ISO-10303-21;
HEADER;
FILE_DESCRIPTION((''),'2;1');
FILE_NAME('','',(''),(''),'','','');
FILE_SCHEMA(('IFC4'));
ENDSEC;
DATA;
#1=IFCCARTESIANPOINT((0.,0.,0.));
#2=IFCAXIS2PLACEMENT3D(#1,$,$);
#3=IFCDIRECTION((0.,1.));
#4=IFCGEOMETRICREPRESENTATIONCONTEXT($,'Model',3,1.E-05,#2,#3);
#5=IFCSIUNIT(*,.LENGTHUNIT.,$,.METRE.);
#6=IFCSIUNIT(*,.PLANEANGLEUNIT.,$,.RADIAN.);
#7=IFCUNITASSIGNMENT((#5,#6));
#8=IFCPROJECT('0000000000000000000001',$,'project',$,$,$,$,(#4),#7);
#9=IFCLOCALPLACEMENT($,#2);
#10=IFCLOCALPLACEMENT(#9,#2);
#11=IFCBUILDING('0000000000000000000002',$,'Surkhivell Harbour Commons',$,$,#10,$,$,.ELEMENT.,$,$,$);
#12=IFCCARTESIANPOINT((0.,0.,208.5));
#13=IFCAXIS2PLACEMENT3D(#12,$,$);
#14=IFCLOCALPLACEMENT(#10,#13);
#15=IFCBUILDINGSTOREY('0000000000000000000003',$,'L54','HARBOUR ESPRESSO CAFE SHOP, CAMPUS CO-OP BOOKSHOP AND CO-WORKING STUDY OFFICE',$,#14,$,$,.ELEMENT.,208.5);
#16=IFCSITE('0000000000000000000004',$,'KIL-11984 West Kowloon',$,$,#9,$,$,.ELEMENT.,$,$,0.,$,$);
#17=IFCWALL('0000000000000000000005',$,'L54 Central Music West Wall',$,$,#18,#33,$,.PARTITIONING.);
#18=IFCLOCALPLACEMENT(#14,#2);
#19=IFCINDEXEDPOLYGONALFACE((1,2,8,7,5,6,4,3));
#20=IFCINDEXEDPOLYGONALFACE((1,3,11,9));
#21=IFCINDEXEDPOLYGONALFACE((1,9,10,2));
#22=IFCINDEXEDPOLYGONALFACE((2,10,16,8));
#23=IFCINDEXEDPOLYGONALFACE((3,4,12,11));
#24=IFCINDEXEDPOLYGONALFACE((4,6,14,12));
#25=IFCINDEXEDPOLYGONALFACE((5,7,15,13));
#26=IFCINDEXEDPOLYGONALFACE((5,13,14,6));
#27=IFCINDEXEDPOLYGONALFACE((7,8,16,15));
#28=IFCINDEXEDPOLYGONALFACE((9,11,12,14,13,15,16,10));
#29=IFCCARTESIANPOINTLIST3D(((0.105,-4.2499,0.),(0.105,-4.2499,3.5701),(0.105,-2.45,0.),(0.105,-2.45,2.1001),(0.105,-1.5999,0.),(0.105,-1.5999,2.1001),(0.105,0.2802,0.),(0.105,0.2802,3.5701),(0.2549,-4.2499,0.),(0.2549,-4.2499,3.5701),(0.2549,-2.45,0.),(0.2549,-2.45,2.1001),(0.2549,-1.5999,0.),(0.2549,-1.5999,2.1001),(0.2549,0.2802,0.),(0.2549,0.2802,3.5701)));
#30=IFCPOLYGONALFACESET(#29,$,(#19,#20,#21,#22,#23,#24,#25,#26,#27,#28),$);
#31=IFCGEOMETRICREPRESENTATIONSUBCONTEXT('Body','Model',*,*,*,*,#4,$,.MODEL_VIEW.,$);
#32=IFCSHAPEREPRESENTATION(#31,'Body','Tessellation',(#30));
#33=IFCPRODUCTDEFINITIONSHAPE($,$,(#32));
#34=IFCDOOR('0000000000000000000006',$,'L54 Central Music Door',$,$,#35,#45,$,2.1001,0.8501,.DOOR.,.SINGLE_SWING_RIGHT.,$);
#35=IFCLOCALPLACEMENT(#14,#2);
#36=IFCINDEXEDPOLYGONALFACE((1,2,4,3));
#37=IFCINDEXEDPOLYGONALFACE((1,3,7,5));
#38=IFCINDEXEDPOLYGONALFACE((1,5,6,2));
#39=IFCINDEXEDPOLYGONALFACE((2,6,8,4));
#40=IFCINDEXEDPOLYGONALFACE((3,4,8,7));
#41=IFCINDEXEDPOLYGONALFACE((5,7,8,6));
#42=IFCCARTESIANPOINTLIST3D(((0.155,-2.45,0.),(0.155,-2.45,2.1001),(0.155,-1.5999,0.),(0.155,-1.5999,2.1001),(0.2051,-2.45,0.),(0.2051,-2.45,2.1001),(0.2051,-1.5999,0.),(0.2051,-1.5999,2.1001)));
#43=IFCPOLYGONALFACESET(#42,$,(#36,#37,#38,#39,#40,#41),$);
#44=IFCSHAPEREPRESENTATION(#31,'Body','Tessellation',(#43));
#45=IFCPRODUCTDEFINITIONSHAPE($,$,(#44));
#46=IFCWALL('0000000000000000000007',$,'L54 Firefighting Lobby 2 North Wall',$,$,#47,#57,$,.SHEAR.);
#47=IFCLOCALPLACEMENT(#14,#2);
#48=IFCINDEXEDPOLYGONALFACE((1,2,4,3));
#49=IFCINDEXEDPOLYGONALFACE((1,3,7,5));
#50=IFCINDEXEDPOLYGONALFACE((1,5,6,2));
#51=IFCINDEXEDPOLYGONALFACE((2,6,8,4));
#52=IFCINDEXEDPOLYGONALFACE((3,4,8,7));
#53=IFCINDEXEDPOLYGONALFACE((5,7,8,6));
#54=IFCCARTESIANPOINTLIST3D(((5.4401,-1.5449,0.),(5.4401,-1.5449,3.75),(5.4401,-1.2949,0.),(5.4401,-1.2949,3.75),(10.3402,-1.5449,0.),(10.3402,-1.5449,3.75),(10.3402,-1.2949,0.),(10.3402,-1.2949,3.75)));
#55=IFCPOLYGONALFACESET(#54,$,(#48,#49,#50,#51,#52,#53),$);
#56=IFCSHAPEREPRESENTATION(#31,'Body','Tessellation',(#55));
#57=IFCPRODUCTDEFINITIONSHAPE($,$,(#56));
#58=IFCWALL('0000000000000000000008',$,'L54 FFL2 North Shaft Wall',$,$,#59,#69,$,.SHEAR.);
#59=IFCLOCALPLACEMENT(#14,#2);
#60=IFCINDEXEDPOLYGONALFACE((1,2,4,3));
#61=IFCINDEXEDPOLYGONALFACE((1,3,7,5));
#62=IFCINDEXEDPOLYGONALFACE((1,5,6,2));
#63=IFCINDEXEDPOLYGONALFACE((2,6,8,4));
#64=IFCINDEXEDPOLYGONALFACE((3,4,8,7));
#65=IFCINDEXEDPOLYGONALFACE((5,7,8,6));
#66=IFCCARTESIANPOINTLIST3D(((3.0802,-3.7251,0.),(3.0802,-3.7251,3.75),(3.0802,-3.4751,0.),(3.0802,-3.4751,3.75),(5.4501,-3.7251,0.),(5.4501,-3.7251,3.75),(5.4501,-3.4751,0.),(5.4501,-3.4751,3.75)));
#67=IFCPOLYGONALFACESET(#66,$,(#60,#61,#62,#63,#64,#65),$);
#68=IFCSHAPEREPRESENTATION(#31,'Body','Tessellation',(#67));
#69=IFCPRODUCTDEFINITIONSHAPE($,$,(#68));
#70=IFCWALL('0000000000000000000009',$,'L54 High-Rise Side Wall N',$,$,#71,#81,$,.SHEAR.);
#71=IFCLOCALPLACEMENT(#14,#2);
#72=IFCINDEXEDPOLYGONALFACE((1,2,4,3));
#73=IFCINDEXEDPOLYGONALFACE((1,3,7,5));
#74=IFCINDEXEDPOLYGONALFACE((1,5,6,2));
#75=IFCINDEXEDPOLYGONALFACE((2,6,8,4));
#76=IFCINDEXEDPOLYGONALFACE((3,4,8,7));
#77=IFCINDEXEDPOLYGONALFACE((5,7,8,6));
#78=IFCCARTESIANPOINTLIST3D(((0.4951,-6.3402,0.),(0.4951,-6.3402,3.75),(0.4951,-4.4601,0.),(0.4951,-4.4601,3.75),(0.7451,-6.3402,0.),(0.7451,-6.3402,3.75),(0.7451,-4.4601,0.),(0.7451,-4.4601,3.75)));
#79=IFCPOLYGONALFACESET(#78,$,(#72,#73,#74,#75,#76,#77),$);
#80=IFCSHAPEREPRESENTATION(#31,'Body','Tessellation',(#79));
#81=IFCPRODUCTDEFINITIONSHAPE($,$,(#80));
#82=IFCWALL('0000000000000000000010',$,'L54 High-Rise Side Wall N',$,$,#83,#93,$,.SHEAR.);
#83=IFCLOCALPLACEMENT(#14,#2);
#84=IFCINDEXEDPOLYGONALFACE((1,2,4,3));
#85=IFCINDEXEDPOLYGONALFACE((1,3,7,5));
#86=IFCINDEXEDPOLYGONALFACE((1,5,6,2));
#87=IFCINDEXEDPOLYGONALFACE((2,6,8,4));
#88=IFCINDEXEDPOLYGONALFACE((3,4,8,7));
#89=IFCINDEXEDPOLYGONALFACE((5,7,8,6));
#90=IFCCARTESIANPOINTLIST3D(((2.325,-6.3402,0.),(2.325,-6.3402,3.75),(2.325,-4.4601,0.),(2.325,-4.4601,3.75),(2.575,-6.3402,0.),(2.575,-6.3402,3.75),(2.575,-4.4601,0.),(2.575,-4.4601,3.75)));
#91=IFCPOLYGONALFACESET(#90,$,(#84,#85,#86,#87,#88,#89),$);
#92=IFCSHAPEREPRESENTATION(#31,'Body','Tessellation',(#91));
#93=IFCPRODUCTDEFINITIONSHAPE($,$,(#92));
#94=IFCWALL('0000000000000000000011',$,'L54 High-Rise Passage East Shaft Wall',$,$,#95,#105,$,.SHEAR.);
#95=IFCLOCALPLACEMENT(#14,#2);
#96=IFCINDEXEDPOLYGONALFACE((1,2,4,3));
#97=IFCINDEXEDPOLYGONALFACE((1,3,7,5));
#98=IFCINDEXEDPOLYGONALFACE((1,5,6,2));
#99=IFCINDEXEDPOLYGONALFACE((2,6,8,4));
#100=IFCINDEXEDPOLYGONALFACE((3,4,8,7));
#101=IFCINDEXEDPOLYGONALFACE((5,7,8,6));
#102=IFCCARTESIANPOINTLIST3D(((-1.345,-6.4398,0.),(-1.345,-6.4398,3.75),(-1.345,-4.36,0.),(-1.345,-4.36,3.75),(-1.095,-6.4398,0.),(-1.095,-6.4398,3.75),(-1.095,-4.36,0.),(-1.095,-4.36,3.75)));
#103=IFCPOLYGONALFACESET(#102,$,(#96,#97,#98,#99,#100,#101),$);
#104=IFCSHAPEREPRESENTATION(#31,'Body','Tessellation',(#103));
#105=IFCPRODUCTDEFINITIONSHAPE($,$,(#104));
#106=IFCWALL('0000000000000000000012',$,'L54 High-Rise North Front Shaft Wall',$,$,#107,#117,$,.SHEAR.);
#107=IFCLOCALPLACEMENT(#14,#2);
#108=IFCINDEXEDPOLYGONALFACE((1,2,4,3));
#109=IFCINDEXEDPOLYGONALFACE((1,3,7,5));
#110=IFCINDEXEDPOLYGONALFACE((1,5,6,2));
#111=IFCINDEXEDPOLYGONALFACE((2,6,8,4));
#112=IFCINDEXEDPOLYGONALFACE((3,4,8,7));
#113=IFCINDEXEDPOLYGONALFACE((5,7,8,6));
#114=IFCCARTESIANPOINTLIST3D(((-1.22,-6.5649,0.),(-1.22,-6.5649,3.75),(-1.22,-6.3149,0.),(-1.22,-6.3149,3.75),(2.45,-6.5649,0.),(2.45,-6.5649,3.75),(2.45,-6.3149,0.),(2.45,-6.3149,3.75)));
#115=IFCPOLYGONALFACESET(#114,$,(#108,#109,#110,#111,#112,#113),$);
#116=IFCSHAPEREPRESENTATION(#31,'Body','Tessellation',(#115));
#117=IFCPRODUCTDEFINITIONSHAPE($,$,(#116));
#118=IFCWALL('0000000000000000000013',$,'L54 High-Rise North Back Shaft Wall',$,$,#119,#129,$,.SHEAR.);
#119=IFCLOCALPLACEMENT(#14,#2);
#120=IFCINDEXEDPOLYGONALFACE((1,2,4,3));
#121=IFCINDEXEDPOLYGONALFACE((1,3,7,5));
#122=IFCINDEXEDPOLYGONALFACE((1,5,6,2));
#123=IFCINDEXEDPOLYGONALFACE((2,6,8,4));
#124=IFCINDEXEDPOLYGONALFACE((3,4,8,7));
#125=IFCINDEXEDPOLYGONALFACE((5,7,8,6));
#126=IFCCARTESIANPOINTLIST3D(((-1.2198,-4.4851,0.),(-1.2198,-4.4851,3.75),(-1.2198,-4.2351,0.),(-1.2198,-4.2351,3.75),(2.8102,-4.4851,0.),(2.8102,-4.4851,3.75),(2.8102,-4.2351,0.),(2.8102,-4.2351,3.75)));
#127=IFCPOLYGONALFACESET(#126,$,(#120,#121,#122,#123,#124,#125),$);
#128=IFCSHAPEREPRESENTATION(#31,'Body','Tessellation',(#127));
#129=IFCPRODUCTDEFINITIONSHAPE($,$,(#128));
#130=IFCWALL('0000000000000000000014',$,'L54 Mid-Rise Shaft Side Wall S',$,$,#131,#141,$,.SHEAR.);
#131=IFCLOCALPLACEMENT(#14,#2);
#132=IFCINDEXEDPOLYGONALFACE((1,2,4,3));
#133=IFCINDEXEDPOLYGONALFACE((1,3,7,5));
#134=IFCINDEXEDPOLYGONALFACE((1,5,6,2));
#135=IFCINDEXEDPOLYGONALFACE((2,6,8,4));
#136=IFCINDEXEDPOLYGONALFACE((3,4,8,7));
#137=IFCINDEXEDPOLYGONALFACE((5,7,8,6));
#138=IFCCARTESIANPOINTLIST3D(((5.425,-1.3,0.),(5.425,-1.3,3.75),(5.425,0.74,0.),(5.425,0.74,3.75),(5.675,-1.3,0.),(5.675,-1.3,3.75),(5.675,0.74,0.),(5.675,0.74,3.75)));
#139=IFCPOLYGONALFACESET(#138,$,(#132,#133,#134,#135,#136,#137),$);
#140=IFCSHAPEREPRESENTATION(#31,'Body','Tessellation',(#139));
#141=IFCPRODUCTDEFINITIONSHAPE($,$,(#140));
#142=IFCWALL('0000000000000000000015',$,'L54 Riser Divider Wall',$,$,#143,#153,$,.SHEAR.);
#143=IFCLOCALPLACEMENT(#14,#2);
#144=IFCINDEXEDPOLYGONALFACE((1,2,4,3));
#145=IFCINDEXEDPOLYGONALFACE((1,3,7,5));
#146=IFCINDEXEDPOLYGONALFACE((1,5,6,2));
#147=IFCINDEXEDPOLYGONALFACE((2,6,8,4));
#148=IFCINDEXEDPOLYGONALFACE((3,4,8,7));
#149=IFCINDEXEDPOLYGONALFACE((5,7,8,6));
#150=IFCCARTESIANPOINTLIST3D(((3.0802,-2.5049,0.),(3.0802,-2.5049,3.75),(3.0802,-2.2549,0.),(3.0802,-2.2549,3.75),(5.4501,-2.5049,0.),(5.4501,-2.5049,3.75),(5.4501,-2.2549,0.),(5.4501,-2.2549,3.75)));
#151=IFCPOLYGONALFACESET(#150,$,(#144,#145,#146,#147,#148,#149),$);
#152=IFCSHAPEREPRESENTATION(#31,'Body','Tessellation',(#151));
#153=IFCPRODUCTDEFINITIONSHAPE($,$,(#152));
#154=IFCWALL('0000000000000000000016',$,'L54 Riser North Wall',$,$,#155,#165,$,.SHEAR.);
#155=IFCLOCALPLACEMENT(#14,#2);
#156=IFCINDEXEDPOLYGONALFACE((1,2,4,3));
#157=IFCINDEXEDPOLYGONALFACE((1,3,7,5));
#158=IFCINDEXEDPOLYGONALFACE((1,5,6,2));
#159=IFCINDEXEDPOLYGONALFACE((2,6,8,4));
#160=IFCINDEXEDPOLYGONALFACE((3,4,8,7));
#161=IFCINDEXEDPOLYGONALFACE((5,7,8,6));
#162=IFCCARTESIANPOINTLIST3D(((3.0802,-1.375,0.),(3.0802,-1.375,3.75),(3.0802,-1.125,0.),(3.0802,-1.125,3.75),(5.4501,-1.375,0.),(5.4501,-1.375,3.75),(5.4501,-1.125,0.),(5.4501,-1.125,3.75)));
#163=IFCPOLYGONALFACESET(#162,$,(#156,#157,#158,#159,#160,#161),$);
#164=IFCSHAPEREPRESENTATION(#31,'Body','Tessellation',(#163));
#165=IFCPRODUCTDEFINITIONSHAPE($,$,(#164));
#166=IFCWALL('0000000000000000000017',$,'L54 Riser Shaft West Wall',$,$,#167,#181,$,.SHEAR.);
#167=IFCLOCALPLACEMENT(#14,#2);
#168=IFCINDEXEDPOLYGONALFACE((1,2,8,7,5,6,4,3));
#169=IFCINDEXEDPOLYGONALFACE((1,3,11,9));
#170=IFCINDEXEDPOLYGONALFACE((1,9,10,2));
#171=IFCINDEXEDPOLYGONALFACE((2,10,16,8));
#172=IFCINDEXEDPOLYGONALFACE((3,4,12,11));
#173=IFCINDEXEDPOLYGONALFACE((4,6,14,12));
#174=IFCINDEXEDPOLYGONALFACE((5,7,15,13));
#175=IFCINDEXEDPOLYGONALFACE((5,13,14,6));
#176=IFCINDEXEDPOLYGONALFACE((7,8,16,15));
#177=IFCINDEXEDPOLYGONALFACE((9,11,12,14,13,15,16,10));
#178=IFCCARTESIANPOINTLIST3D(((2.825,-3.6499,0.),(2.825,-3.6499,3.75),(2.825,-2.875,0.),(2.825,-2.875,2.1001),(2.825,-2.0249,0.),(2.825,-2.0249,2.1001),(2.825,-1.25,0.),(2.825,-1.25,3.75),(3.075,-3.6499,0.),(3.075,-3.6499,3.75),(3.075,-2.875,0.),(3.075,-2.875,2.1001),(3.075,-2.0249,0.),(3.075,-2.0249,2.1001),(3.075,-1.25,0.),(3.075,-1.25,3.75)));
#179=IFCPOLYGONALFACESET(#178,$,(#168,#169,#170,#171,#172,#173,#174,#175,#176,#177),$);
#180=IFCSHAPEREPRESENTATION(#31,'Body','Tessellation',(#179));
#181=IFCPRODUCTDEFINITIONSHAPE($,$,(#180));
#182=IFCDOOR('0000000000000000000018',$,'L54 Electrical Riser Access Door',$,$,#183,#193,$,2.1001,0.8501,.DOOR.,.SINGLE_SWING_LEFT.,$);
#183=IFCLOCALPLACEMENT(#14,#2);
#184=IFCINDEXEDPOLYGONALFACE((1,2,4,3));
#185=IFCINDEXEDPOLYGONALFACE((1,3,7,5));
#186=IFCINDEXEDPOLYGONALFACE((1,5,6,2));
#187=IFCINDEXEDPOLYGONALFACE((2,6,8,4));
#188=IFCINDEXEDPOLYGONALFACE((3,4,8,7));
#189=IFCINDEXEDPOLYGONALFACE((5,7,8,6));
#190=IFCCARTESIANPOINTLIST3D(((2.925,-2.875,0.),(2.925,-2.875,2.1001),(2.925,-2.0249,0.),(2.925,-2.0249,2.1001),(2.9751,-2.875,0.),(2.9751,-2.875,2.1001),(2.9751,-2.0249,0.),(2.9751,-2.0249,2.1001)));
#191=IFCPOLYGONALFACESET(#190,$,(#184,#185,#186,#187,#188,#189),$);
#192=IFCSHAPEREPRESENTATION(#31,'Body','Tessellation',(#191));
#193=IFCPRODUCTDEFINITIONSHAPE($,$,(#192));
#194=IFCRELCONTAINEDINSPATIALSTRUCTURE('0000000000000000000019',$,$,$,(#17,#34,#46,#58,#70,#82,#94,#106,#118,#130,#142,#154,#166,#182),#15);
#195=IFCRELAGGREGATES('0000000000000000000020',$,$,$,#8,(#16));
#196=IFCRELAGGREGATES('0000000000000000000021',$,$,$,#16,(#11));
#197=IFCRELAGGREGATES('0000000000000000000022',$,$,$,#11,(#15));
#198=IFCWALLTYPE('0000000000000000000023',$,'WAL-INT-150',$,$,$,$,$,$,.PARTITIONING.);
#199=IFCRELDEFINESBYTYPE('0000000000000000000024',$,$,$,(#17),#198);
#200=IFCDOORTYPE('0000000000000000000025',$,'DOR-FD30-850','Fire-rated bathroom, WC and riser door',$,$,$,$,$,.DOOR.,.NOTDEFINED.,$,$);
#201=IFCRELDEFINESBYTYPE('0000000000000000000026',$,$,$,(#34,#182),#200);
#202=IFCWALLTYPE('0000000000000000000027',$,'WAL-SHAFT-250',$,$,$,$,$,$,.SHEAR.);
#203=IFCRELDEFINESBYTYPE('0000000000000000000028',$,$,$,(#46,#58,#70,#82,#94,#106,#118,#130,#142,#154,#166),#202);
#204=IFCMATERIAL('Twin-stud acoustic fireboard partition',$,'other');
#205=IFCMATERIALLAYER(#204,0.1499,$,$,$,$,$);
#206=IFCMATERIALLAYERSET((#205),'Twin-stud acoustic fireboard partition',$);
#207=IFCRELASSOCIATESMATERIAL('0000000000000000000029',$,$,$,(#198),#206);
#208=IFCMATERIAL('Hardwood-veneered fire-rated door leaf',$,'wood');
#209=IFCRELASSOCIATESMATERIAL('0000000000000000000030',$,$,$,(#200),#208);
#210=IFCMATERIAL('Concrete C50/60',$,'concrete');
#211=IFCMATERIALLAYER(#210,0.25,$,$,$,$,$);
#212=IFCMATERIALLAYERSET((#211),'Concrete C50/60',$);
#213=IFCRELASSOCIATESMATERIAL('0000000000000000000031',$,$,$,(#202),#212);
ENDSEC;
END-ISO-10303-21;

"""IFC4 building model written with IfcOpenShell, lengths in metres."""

from ifc_helpers import new_model, si_unit, direction, frame, frame_2d, origin, place, context, subcontext, project, spatial, rectangle, extrude, material, layer, layer_set, type_object, element, fill, save


model = new_model("IFC4")

# Units and contexts
model_context = context("Model", 3, precision=1e-05, world=origin(), true_north=direction((0.0, 1.0)))
body_context = subcontext(model_context, "Body", "Model", "MODEL_VIEW")
ifc_project = project(units=[si_unit("LENGTHUNIT", "METRE"), si_unit("PLANEANGLEUNIT", "RADIAN")], contexts=[model_context])

# Site, building, storey
site_placement = place(None, origin())
site = spatial("IfcSite", under=ifc_project, at=site_placement, Name="KIL-11984 West Kowloon", CompositionType="ELEMENT", RefElevation=0.0)
building_placement = place(site_placement, origin())
building = spatial("IfcBuilding", under=site, at=building_placement, Name="Surkhivell Harbour Commons", CompositionType="ELEMENT")
storey_placement = place(building_placement, frame((0.0, 0.0, 208.5)))
storey = spatial("IfcBuildingStorey", under=building, at=storey_placement, Name="L54", Description="HARBOUR ESPRESSO CAFE SHOP, CAMPUS CO-OP BOOKSHOP AND CO-WORKING STUDY OFFICE", CompositionType="ELEMENT", Elevation=208.5)

# Shared definitions
ifc_material_1 = material(Name="Twin-stud acoustic fireboard partition", Category="other")
ifc_layer_1 = layer(ifc_material_1, 0.1499)
ifc_layer_set_1 = layer_set([ifc_layer_1], Name="Twin-stud acoustic fireboard partition")
wall_type_1 = type_object("IfcWallType", Name="WAL-INT-150", PredefinedType="PARTITIONING", material=ifc_layer_set_1)

# Wall, opening, door
wall_1_placement = place(storey_placement, frame((0.1799, -4.25, 0.0), z_axis=(0.0, 0.0, 1.0), x_axis=(0.0, 1.0, 0.0)))
wall_1 = element("IfcWall", 1, at=wall_1_placement, inside=storey, type_object=wall_type_1, Name="L54 Central Music West Wall", PredefinedType="PARTITIONING", context=body_context, shape_type="SweptSolid", body=[
    extrude(rectangle(XDim=4.53, YDim=0.1499, at=frame_2d((2.2651, 0.0))), origin(), (0.0, 0.0, 1.0), 3.5701),
])
opening_1_placement = place(wall_1_placement, frame((1.8, 0.0, 0.0)))
opening_1 = element("IfcOpeningElement", 2, at=opening_1_placement, cuts=wall_1, PredefinedType="OPENING", context=body_context, shape_type="SweptSolid", body=[
    extrude(rectangle(XDim=0.8501, YDim=2.1001, at=frame_2d((0.425, 1.05))), frame((0.0, 0.085, 0.0), z_axis=(0.0, -1.0, 0.0), x_axis=(1.0, 0.0, 0.0)), (0.0, 0.0, 1.0), 0.1699),
])
ifc_material_2 = material(Name="Hardwood-veneered fire-rated door leaf", Category="wood")
door_type = type_object("IfcDoorType", Name="DOR-FD30-850", Description="Fire-rated bathroom, WC and riser door", OperationType="NOTDEFINED", PredefinedType="DOOR", material=ifc_material_2)
door_1_placement = place(opening_1_placement, origin())
door_1 = element("IfcDoor", 3, at=door_1_placement, inside=storey, type_object=door_type, Name="L54 Central Music Door", OperationType="SINGLE_SWING_RIGHT", OverallHeight=2.1001, OverallWidth=0.8501, PredefinedType="DOOR", context=body_context, shape_type="SweptSolid", body=[
    extrude(rectangle(XDim=0.8501, YDim=2.1001, at=frame_2d((0.425, 1.05))), frame((0.0, 0.0249, 0.0), z_axis=(0.0, -1.0, 0.0), x_axis=(1.0, 0.0, 0.0)), (0.0, 0.0, 1.0), 0.05),
])
fill(opening_1, door_1)

# Walls
ifc_material_3 = material(Name="Concrete C50/60", Category="concrete")
ifc_layer_2 = layer(ifc_material_3, 0.25)
ifc_layer_set_2 = layer_set([ifc_layer_2], Name="Concrete C50/60")
wall_type_2 = type_object("IfcWallType", Name="WAL-SHAFT-250", PredefinedType="SHEAR", material=ifc_layer_set_2)
wall_2_placement = place(storey_placement, frame((5.4399, -1.4199, 0.0), z_axis=(0.0, 0.0, 1.0), x_axis=(1.0, 0.0, 0.0)))
element("IfcWall", 4, at=wall_2_placement, inside=storey, type_object=wall_type_2, Name="L54 Firefighting Lobby 2 North Wall", PredefinedType="SHEAR", context=body_context, shape_type="SweptSolid", body=[
    extrude(rectangle(XDim=4.9001, YDim=0.25, at=frame_2d((2.4502, 0.0))), origin(), (0.0, 0.0, 1.0), 3.75),
])
wall_3_placement = place(storey_placement, frame((3.0801, -3.6001, 0.0), z_axis=(0.0, 0.0, 1.0), x_axis=(1.0, 0.0, 0.0)))
element("IfcWall", 5, at=wall_3_placement, inside=storey, type_object=wall_type_2, Name="L54 FFL2 North Shaft Wall", PredefinedType="SHEAR", context=body_context, shape_type="SweptSolid", body=[
    extrude(rectangle(XDim=2.3699, YDim=0.25, at=frame_2d((1.1851, 0.0))), origin(), (0.0, 0.0, 1.0), 3.75),
])
for number, where, z_axis, x_axis, name in (
    (6, (0.6201, -6.3401, 0.0), (0.0, 0.0, 1.0), (0.0, 1.0, 0.0), "L54 High-Rise Side Wall N"),
    (7, (2.45, -6.3401, 0.0), (0.0, 0.0, 1.0), (0.0, 1.0, 0.0), "L54 High-Rise Side Wall N"),
):
    element("IfcWall", number, at=place(storey_placement, frame(where, z_axis=z_axis, x_axis=x_axis)), inside=storey, type_object=wall_type_2, Name=name, PredefinedType="SHEAR", context=body_context, shape_type="SweptSolid", body=[
        extrude(rectangle(XDim=1.8801, YDim=0.25, at=frame_2d((0.9399, 0.0))), origin(), (0.0, 0.0, 1.0), 3.75),
    ])
wall_4_placement = place(storey_placement, frame((-1.22, -6.4399, 0.0), z_axis=(0.0, 0.0, 1.0), x_axis=(0.0, 1.0, 0.0)))
element("IfcWall", 8, at=wall_4_placement, inside=storey, type_object=wall_type_2, Name="L54 High-Rise Passage East Shaft Wall", PredefinedType="SHEAR", context=body_context, shape_type="SweptSolid", body=[
    extrude(rectangle(XDim=2.0798, YDim=0.25, at=frame_2d((1.04, 0.0))), origin(), (0.0, 0.0, 1.0), 3.75),
])
wall_5_placement = place(storey_placement, frame((-1.22, -6.4399, 0.0), z_axis=(0.0, 0.0, 1.0), x_axis=(1.0, 0.0, 0.0)))
element("IfcWall", 9, at=wall_5_placement, inside=storey, type_object=wall_type_2, Name="L54 High-Rise North Front Shaft Wall", PredefinedType="SHEAR", context=body_context, shape_type="SweptSolid", body=[
    extrude(rectangle(XDim=3.6699, YDim=0.25, at=frame_2d((1.835, 0.0))), origin(), (0.0, 0.0, 1.0), 3.75),
])
wall_6_placement = place(storey_placement, frame((-1.22, -4.3601, 0.0), z_axis=(0.0, 0.0, 1.0), x_axis=(1.0, 0.0, 0.0)))
element("IfcWall", 10, at=wall_6_placement, inside=storey, type_object=wall_type_2, Name="L54 High-Rise North Back Shaft Wall", PredefinedType="SHEAR", context=body_context, shape_type="SweptSolid", body=[
    extrude(rectangle(XDim=4.03, YDim=0.25, at=frame_2d((2.0151, 0.0))), origin(), (0.0, 0.0, 1.0), 3.75),
])
wall_7_placement = place(storey_placement, frame((5.55, -1.3, 0.0), z_axis=(0.0, 0.0, 1.0), x_axis=(0.0, 1.0, 0.0)))
element("IfcWall", 11, at=wall_7_placement, inside=storey, type_object=wall_type_2, Name="L54 Mid-Rise Shaft Side Wall S", PredefinedType="SHEAR", context=body_context, shape_type="SweptSolid", body=[
    extrude(rectangle(XDim=2.04, YDim=0.25, at=frame_2d((1.02, 0.0))), origin(), (0.0, 0.0, 1.0), 3.75),
])
for number, where, z_axis, x_axis, name in (
    (12, (3.0801, -2.3799, 0.0), (0.0, 0.0, 1.0), (1.0, 0.0, 0.0), "L54 Riser Divider Wall"),
    (13, (3.0801, -1.25, 0.0), (0.0, 0.0, 1.0), (1.0, 0.0, 0.0), "L54 Riser North Wall"),
):
    element("IfcWall", number, at=place(storey_placement, frame(where, z_axis=z_axis, x_axis=x_axis)), inside=storey, type_object=wall_type_2, Name=name, PredefinedType="SHEAR", context=body_context, shape_type="SweptSolid", body=[
        extrude(rectangle(XDim=2.3699, YDim=0.25, at=frame_2d((1.1851, 0.0))), origin(), (0.0, 0.0, 1.0), 3.75),
    ])

# Wall, opening, door
wall_8_placement = place(storey_placement, frame((2.95, -3.6499, 0.0), z_axis=(0.0, 0.0, 1.0), x_axis=(0.0, 1.0, 0.0)))
wall_8 = element("IfcWall", 14, at=wall_8_placement, inside=storey, type_object=wall_type_2, Name="L54 Riser Shaft West Wall", PredefinedType="SHEAR", context=body_context, shape_type="SweptSolid", body=[
    extrude(rectangle(XDim=2.3999, YDim=0.25, at=frame_2d((1.2, 0.0))), origin(), (0.0, 0.0, 1.0), 3.75),
])
opening_2_placement = place(wall_8_placement, frame((0.7749, 0.0, 0.0)))
opening_2 = element("IfcOpeningElement", 15, at=opening_2_placement, cuts=wall_8, PredefinedType="OPENING", context=body_context, shape_type="SweptSolid", body=[
    extrude(rectangle(XDim=0.8501, YDim=2.1001, at=frame_2d((0.425, 1.05))), frame((0.0, 0.135, 0.0), z_axis=(0.0, -1.0, 0.0), x_axis=(1.0, 0.0, 0.0)), (0.0, 0.0, 1.0), 0.27),
])
door_2_placement = place(opening_2_placement, origin())
door_2 = element("IfcDoor", 16, at=door_2_placement, inside=storey, type_object=door_type, Name="L54 Electrical Riser Access Door", OperationType="SINGLE_SWING_LEFT", OverallHeight=2.1001, OverallWidth=0.8501, PredefinedType="DOOR", context=body_context, shape_type="SweptSolid", body=[
    extrude(rectangle(XDim=0.8501, YDim=2.1001, at=frame_2d((0.425, 1.05))), frame((0.0, 0.0249, 0.0), z_axis=(0.0, -1.0, 0.0), x_axis=(1.0, 0.0, 0.0)), (0.0, 0.0, 1.0), 0.05),
])
fill(opening_2, door_2)

save(model, "model.ifc")
